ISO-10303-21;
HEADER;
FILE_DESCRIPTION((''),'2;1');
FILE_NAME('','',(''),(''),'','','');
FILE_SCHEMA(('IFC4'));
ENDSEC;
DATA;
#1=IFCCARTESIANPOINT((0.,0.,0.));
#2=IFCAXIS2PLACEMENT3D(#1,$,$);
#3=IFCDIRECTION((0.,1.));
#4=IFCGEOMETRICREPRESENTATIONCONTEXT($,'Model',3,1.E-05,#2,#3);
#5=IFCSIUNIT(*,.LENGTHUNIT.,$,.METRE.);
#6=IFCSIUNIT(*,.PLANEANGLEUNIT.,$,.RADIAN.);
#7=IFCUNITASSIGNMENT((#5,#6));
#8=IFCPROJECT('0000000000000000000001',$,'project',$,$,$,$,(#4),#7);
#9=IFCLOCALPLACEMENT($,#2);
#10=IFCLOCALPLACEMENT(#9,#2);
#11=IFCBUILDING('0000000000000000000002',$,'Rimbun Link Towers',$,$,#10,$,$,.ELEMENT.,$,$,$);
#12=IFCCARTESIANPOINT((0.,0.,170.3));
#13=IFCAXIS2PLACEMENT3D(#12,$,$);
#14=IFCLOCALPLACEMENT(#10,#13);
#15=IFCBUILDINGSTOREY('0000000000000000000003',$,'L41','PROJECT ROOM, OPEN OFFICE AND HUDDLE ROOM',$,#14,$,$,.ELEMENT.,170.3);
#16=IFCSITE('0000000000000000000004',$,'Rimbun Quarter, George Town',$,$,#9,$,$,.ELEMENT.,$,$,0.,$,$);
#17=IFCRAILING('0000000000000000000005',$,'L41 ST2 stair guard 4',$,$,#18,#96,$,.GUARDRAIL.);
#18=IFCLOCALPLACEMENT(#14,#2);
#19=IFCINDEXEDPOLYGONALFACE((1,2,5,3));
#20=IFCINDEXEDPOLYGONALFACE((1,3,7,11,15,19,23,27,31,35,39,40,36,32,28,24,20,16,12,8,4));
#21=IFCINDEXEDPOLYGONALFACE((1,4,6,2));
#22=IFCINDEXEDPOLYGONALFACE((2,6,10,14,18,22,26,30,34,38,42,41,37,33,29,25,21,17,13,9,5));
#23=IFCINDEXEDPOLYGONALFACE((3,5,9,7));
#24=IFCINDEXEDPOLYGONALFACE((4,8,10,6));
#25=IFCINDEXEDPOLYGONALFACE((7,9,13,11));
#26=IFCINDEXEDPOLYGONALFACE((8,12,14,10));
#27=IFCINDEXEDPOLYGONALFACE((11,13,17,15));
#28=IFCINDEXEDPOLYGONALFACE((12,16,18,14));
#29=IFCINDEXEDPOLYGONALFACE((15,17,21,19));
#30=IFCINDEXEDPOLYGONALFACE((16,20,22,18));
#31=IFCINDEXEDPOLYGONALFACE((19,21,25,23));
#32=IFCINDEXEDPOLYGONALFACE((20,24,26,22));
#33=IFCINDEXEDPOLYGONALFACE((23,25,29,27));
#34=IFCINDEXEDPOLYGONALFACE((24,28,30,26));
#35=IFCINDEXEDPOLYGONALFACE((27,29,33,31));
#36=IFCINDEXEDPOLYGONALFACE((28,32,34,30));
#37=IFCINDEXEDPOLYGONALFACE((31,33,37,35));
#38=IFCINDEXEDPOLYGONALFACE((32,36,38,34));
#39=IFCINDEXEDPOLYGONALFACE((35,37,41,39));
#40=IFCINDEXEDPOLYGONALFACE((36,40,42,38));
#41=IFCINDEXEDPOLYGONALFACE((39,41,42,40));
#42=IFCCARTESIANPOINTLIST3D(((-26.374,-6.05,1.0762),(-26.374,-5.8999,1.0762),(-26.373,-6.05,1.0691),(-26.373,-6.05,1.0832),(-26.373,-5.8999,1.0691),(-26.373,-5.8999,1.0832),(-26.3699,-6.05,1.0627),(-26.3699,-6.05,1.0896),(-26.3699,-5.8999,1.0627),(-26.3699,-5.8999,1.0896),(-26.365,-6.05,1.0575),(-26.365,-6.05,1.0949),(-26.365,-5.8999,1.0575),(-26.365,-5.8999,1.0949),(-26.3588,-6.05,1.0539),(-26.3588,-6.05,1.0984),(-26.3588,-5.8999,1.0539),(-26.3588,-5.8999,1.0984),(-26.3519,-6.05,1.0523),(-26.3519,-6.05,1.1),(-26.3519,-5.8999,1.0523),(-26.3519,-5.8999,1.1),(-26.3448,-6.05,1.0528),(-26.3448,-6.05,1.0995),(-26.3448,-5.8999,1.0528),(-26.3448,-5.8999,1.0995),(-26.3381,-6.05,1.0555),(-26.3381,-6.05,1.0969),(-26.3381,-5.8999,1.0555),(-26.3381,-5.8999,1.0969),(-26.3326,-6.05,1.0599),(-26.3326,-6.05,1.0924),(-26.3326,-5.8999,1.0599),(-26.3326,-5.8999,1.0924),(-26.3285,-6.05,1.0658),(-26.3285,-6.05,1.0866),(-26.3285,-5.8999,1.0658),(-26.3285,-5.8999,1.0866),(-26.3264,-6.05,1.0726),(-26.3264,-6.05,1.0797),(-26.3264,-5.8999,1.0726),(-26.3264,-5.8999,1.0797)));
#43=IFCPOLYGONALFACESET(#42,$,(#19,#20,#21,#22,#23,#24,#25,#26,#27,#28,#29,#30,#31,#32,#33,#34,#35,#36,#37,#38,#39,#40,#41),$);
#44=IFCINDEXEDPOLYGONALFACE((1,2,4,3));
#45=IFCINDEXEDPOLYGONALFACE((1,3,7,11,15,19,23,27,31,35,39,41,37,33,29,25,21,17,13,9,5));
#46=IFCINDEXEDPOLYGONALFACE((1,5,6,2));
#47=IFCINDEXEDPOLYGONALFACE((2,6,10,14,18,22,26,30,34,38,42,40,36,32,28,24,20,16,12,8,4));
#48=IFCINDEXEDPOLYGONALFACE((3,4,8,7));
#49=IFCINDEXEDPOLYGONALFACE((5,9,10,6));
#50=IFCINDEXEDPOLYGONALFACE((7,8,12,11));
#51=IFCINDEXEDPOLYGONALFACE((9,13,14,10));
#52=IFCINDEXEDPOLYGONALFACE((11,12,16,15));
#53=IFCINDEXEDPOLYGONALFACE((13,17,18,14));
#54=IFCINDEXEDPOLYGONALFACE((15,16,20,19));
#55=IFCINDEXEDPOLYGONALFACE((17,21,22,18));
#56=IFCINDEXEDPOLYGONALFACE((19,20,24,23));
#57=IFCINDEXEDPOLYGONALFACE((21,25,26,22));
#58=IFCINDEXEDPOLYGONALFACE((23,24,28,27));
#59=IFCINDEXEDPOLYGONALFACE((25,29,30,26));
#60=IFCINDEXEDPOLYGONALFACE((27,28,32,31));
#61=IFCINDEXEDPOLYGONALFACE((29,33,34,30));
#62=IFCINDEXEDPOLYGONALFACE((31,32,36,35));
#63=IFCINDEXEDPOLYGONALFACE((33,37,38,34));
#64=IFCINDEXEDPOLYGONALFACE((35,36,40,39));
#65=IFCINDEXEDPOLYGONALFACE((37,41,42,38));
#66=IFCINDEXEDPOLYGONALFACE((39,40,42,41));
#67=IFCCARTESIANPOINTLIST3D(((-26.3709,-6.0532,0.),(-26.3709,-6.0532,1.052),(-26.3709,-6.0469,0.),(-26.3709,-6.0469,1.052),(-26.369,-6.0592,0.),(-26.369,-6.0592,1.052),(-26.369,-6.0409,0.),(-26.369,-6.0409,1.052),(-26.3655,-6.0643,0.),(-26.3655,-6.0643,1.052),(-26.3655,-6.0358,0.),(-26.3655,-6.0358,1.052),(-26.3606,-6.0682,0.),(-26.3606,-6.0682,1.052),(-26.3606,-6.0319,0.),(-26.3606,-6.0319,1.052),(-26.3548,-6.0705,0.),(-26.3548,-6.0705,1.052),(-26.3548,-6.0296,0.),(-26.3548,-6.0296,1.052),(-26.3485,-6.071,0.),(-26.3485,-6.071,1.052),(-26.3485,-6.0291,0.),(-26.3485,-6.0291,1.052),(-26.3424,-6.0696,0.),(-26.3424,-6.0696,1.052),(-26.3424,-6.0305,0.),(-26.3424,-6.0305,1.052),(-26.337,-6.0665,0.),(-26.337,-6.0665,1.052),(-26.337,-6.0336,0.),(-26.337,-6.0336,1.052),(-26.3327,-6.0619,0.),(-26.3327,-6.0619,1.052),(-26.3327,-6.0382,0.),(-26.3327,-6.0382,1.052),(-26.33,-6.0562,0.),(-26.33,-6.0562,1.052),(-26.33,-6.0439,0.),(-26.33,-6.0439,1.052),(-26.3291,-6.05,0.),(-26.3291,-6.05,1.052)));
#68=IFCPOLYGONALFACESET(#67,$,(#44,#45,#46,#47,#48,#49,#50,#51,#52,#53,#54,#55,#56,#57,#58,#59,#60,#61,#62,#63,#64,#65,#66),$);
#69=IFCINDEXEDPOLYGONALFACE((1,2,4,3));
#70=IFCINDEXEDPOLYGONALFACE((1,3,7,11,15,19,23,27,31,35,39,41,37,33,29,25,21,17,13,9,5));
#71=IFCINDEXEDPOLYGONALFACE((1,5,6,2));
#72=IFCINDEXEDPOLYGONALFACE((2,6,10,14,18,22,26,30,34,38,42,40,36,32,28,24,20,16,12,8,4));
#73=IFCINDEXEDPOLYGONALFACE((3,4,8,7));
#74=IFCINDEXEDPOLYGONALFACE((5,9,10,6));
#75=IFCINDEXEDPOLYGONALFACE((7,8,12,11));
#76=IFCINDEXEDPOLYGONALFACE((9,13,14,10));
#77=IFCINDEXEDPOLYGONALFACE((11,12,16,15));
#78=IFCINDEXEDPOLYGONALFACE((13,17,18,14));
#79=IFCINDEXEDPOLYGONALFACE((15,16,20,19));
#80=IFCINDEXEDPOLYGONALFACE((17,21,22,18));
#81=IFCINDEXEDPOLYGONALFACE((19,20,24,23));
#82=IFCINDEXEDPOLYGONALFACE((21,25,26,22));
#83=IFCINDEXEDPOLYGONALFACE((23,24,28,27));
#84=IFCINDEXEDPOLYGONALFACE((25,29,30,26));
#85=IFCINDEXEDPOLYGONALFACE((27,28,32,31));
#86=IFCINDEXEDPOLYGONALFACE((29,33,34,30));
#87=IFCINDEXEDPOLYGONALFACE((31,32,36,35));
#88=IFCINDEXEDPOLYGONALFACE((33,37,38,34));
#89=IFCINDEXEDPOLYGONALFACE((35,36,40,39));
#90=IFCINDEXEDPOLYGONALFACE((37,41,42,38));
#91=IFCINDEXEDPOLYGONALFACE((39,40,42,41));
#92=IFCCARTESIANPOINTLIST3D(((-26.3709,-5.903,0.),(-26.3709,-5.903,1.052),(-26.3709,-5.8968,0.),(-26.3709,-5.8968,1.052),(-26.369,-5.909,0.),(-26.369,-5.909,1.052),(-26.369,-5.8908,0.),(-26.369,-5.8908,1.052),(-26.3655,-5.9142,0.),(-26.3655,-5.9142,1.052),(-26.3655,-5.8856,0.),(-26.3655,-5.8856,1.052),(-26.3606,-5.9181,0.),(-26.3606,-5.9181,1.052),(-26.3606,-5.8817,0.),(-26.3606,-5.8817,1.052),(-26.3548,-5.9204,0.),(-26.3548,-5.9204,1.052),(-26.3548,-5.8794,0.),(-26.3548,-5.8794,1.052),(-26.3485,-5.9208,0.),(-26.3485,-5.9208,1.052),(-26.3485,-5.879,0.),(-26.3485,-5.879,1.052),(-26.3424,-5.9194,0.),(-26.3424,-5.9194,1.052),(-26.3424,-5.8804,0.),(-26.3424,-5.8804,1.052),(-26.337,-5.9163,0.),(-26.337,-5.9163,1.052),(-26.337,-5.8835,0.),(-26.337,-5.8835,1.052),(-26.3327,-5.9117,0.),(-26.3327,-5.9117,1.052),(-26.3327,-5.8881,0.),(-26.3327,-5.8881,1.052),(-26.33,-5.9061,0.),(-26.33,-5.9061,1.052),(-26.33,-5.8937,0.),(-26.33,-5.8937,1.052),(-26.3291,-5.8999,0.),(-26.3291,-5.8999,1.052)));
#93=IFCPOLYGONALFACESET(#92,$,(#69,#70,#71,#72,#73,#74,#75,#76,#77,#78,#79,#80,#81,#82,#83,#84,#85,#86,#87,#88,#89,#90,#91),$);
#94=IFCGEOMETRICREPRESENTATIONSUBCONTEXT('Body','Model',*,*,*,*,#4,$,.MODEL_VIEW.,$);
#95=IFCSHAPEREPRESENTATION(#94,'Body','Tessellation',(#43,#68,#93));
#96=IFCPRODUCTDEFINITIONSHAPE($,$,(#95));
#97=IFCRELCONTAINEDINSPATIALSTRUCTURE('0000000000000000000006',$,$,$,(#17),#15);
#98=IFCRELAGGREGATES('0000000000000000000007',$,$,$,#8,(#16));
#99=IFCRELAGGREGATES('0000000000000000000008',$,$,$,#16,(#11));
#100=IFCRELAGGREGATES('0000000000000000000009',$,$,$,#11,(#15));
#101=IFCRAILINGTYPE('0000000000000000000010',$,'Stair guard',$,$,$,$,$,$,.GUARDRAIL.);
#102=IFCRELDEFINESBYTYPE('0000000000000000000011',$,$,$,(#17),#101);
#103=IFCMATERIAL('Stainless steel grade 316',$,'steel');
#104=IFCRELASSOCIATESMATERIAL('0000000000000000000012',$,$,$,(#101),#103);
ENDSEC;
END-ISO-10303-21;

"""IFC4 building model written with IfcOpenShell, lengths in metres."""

from ifc_helpers import new_model, si_unit, direction, frame, origin, origin_2d, place, context, subcontext, project, spatial, circle, extrude, material, type_object, element, save


model = new_model("IFC4")

# Units and contexts
model_context = context("Model", 3, precision=1e-05, world=origin(), true_north=direction((0.0, 1.0)))
body_context = subcontext(model_context, "Body", "Model", "MODEL_VIEW")
ifc_project = project(units=[si_unit("LENGTHUNIT", "METRE"), si_unit("PLANEANGLEUNIT", "RADIAN")], contexts=[model_context])

# Site, building, storey
site_placement = place(None, origin())
site = spatial("IfcSite", under=ifc_project, at=site_placement, Name="Rimbun Quarter, George Town", CompositionType="ELEMENT", RefElevation=0.0)
building_placement = place(site_placement, origin())
building = spatial("IfcBuilding", under=site, at=building_placement, Name="Rimbun Link Towers", CompositionType="ELEMENT")
storey_placement = place(building_placement, frame((0.0, 0.0, 170.3)))
storey = spatial("IfcBuildingStorey", under=building, at=storey_placement, Name="L41", Description="PROJECT ROOM, OPEN OFFICE AND HUDDLE ROOM", CompositionType="ELEMENT", Elevation=170.3)

# Railing
ifc_material_1 = material(Name="Stainless steel grade 316", Category="steel")
railing_type_1 = type_object("IfcRailingType", Name="Stair guard", PredefinedType="GUARDRAIL", material=ifc_material_1)
railing_1_placement = place(storey_placement, frame((-26.3501, -6.05, 0.0)))
element("IfcRailing", 1, at=railing_1_placement, inside=storey, type_object=railing_type_1, Name="L41 ST2 stair guard 4", PredefinedType="GUARDRAIL", context=body_context, shape_type="SweptSolid", body=[
    extrude(circle(Radius=0.0239, at=origin_2d()), frame((0.0, 0.0, 1.0762), z_axis=(0.0, 1.0, 0.0), x_axis=(-1.0, 0.0, 0.0)), (0.0, 0.0, 1.0), 0.1501),
    extrude(circle(Radius=0.021, at=origin_2d()), origin(), (0.0, 0.0, 1.0), 1.052),
    extrude(circle(Radius=0.021, at=origin_2d()), frame((0.0, 0.1501, 0.0)), (0.0, 0.0, 1.0), 1.052),
])

save(model, "model.ifc")
